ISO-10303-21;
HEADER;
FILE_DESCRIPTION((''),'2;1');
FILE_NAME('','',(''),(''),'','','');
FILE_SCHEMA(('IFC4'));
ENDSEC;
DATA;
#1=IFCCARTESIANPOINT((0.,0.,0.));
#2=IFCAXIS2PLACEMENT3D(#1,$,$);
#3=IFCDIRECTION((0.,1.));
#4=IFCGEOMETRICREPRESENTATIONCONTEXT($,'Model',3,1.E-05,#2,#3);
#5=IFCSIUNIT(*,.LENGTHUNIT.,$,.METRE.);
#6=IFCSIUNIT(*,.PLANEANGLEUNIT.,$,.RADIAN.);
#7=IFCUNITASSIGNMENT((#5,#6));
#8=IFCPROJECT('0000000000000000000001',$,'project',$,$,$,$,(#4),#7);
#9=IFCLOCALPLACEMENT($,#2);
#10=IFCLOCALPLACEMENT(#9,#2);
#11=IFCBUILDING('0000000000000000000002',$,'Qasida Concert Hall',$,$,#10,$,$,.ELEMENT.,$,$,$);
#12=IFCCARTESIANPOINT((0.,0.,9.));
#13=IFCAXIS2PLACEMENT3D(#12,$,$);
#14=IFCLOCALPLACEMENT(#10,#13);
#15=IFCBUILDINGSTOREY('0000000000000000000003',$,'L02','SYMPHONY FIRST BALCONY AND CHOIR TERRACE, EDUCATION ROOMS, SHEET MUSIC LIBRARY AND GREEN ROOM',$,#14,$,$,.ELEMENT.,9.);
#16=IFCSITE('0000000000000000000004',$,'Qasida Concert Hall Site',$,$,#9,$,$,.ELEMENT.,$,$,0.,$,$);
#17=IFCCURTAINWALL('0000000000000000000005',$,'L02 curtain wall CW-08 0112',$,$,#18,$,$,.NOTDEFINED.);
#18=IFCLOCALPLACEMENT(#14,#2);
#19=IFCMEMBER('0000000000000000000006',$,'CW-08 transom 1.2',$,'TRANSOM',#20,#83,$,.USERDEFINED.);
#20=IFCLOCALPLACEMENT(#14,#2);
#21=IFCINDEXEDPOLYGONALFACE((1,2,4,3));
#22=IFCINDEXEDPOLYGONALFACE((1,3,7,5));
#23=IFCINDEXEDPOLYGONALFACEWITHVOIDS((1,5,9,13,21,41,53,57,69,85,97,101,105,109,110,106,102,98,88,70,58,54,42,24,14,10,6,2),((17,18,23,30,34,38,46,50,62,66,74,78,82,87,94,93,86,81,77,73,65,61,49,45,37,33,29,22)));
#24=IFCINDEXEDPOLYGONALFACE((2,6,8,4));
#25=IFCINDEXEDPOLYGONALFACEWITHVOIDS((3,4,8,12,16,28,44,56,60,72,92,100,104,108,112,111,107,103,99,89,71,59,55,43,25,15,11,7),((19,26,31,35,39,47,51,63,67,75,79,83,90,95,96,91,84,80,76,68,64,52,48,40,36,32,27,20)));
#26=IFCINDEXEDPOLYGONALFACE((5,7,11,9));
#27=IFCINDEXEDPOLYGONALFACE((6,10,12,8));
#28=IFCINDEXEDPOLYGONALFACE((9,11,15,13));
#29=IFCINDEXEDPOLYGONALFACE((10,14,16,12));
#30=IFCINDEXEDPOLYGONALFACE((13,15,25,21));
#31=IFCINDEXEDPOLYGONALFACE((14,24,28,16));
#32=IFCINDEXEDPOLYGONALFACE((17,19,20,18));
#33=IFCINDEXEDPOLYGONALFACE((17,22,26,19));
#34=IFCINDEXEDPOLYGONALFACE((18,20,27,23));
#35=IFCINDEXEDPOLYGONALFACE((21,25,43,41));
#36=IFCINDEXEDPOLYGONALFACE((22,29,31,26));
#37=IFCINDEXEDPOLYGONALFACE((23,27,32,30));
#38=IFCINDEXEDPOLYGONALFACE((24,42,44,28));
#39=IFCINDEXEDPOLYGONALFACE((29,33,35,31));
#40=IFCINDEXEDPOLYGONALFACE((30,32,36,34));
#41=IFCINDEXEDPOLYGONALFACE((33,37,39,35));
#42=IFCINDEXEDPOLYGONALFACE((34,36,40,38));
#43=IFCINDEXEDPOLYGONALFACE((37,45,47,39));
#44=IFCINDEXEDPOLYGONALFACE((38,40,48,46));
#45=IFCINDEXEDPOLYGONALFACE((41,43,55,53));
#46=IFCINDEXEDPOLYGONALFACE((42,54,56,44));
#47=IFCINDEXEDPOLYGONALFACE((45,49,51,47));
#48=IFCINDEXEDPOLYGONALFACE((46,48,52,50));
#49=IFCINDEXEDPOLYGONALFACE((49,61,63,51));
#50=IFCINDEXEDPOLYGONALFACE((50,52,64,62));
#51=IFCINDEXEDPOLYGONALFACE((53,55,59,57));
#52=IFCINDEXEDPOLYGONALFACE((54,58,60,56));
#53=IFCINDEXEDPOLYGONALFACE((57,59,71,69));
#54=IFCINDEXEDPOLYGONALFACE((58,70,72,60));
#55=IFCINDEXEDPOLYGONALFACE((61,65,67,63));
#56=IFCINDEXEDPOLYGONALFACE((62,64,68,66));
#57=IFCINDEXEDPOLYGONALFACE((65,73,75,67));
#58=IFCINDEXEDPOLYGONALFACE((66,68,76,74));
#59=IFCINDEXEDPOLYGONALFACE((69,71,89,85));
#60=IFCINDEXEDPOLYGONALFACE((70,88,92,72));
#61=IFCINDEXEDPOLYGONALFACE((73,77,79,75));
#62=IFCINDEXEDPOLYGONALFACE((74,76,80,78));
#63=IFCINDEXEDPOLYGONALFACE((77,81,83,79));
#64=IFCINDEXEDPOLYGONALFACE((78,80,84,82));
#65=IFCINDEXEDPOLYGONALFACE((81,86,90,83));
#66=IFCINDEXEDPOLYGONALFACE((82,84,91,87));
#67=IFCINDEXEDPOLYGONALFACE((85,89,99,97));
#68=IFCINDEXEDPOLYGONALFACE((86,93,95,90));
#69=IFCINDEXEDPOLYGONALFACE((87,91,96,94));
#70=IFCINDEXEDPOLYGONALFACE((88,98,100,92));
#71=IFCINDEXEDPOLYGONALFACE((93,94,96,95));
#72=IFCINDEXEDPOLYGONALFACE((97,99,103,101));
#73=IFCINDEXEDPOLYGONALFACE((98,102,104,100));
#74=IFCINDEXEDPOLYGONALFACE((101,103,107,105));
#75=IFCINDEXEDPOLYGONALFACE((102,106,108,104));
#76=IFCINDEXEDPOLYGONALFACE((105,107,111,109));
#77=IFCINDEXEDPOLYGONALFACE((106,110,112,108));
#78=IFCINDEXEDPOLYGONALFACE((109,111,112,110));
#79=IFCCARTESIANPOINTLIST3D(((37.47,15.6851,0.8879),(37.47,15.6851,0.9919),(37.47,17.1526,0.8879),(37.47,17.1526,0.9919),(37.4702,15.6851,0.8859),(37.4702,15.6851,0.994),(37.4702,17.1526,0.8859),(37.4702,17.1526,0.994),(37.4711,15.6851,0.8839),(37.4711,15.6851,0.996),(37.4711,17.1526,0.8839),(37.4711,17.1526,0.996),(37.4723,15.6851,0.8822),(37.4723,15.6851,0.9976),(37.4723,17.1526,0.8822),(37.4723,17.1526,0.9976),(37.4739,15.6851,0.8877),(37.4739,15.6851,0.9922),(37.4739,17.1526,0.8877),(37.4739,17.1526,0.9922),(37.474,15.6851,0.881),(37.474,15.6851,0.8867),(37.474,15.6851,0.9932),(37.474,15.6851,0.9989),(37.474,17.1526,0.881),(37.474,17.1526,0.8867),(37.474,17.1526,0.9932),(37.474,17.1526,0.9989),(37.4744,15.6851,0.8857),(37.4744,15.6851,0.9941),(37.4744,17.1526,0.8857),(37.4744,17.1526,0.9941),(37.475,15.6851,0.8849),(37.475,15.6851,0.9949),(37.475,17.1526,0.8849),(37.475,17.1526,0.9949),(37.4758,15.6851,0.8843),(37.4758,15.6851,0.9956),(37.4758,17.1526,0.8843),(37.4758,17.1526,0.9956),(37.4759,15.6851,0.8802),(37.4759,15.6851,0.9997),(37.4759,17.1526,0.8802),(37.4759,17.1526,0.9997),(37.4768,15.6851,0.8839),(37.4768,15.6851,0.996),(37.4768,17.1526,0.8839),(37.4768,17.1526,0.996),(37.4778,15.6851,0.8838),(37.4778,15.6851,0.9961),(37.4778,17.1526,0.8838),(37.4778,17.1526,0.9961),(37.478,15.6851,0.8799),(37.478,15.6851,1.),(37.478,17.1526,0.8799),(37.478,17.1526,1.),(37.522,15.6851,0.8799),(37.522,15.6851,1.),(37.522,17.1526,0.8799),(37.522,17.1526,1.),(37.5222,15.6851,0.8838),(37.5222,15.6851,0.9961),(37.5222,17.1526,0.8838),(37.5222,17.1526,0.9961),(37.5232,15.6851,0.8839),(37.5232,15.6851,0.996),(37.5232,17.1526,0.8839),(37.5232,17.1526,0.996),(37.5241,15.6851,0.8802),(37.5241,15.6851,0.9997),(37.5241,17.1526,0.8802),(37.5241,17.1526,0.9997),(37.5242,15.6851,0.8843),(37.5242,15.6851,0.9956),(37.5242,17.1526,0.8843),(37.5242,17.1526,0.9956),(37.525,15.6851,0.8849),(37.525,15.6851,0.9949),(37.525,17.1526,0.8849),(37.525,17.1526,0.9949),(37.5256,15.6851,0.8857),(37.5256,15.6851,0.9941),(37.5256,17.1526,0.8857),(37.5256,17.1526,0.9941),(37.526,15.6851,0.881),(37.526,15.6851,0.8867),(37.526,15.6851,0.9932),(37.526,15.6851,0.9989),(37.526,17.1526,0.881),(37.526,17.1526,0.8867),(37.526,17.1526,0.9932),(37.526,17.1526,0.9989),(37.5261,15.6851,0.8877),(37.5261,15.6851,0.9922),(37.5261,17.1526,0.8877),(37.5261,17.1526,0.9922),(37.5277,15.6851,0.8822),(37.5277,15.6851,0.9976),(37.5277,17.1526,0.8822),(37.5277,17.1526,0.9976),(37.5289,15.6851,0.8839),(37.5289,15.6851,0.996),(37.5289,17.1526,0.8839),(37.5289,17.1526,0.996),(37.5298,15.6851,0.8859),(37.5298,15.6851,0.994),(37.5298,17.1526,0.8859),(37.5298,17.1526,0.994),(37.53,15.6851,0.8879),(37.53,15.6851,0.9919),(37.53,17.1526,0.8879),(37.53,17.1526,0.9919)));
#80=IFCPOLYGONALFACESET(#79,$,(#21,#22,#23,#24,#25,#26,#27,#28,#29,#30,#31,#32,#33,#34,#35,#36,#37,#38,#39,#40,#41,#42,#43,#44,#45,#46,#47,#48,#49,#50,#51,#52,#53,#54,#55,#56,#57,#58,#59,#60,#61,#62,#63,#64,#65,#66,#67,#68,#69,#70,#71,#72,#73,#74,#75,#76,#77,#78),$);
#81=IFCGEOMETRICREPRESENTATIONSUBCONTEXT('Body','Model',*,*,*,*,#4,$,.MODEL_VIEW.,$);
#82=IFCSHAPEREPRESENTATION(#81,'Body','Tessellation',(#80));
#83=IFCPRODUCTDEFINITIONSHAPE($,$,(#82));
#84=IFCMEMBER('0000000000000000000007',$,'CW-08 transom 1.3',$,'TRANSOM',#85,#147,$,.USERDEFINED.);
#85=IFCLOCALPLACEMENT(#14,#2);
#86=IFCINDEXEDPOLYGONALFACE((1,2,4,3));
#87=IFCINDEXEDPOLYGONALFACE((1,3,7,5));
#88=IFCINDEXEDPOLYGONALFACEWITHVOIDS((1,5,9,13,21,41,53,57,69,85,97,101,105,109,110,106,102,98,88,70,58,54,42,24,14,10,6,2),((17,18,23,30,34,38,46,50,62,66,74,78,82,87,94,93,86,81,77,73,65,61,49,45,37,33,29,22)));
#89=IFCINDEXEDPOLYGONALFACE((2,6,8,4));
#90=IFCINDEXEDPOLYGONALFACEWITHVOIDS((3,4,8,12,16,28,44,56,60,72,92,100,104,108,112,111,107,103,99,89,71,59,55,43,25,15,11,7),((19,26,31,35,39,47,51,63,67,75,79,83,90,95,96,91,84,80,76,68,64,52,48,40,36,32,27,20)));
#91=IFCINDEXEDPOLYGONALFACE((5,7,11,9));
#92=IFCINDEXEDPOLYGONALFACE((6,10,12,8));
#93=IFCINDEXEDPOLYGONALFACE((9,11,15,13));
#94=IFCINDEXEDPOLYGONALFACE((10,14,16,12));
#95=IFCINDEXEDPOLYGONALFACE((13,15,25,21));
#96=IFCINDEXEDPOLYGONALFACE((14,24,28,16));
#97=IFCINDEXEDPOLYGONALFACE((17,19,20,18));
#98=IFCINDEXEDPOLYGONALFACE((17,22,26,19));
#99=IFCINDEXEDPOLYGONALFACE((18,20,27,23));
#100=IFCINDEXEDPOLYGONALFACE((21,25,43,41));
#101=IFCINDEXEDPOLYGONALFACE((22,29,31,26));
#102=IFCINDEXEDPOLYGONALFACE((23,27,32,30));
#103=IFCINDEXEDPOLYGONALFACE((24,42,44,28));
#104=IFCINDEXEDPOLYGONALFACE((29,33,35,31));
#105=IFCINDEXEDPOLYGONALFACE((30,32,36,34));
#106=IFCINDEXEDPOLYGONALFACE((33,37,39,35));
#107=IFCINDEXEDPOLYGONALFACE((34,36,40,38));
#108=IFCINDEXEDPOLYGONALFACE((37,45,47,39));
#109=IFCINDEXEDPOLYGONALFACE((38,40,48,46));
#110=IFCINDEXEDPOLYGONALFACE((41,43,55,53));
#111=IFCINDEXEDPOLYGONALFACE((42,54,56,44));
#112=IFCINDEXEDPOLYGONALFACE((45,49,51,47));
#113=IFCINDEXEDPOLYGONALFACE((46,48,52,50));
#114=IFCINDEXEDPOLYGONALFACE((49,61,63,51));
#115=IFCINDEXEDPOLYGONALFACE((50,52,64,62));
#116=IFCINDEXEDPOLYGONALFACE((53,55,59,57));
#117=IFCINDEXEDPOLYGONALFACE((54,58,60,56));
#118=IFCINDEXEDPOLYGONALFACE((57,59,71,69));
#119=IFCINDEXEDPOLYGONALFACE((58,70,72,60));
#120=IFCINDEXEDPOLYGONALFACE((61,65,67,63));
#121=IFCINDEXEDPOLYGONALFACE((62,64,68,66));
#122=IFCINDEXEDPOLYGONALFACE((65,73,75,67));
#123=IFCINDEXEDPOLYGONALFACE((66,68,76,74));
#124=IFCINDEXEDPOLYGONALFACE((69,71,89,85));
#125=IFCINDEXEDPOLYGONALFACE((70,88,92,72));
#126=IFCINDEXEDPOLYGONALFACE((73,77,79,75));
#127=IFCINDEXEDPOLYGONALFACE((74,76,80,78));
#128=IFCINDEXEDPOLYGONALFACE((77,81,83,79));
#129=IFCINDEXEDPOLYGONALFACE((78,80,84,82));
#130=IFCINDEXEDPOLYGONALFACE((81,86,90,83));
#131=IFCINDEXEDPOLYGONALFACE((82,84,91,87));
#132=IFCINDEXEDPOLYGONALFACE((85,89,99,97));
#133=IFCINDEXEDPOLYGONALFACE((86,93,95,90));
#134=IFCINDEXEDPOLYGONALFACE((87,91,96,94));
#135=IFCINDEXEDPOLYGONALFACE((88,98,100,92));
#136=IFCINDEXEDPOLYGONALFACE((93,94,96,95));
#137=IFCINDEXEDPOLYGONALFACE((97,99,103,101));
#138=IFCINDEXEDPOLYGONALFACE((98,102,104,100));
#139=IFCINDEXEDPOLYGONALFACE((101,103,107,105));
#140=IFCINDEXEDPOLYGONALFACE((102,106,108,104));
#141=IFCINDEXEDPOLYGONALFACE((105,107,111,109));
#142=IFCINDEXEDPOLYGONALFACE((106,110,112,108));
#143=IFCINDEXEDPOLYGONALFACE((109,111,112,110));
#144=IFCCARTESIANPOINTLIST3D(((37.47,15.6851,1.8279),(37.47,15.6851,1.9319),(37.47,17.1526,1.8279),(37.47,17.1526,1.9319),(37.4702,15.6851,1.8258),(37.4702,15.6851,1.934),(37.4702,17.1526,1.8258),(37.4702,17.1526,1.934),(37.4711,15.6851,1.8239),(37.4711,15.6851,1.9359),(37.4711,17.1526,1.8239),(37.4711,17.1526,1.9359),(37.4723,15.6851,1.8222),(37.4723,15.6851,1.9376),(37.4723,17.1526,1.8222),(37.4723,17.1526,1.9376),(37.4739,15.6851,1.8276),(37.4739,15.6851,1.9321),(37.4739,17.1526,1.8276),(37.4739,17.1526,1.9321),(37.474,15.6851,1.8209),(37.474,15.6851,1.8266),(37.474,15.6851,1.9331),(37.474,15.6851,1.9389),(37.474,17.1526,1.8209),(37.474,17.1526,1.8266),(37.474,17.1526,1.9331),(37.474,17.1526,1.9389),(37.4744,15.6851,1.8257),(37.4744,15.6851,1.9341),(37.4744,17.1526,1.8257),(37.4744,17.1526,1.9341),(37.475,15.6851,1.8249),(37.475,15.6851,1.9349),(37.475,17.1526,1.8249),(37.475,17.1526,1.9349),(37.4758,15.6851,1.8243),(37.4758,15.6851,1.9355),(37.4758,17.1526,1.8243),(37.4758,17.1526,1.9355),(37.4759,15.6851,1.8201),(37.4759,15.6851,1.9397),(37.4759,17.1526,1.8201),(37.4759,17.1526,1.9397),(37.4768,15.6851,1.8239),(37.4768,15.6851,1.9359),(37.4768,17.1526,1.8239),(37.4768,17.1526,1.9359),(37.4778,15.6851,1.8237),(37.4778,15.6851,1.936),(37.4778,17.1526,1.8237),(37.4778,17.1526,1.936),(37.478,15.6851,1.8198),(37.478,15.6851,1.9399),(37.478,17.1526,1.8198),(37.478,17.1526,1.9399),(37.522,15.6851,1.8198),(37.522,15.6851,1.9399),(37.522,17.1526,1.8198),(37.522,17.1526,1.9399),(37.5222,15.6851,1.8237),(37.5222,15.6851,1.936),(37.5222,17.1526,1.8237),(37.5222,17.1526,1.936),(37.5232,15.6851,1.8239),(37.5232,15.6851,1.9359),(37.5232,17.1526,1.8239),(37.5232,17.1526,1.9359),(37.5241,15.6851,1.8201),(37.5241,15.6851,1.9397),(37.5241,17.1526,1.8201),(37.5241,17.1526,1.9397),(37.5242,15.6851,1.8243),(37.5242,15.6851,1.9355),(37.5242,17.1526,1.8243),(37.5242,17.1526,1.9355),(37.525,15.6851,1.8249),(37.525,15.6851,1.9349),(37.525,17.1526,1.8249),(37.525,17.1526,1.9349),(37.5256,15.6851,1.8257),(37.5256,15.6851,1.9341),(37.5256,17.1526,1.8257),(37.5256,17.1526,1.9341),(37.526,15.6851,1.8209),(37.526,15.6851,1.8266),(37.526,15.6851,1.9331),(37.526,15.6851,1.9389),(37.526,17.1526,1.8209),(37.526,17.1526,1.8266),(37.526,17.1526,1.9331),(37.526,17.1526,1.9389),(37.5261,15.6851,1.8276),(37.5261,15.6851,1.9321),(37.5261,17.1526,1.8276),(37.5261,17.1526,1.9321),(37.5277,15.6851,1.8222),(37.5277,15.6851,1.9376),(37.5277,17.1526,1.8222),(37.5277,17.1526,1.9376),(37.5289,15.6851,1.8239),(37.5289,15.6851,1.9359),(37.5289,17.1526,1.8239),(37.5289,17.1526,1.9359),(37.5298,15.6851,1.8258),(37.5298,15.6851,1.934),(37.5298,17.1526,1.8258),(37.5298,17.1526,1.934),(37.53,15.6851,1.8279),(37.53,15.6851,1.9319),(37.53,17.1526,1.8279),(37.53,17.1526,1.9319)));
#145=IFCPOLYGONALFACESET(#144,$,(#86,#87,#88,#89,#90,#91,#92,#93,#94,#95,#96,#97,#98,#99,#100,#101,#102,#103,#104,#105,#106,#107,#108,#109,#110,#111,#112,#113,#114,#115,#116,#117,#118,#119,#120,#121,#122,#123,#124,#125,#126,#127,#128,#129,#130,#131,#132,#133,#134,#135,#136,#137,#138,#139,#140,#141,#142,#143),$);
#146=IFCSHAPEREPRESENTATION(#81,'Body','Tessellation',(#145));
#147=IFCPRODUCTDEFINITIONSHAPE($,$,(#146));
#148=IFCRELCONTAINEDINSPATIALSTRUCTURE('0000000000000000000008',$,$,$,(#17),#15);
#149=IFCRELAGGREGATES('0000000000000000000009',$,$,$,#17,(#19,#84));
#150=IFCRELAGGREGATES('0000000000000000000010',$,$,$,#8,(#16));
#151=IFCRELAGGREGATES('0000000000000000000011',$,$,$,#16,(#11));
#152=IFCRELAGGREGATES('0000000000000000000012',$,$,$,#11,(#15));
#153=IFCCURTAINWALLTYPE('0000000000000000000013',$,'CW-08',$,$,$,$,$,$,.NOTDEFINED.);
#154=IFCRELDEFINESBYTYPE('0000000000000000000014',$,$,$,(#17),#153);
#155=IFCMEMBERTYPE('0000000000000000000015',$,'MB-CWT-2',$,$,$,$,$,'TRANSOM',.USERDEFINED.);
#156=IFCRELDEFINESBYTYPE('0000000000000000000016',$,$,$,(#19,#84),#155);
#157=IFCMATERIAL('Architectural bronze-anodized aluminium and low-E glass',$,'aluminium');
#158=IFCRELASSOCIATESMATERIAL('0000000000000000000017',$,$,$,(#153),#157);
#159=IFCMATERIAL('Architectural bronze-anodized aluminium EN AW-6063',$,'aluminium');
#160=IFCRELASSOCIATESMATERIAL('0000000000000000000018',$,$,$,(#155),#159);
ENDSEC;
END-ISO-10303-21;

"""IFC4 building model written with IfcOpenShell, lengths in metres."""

from ifc_helpers import new_model, si_unit, direction, frame, origin, origin_2d, place, context, subcontext, project, spatial, hollow_rectangle, extrude, material, material_profile, profile_set, type_object, element, aggregate, save


model = new_model("IFC4")

# Units and contexts
model_context = context("Model", 3, precision=1e-05, world=origin(), true_north=direction((0.0, 1.0)))
body_context = subcontext(model_context, "Body", "Model", "MODEL_VIEW")
ifc_project = project(units=[si_unit("LENGTHUNIT", "METRE"), si_unit("PLANEANGLEUNIT", "RADIAN")], contexts=[model_context])

# Site, building, storey
site_placement = place(None, origin())
site = spatial("IfcSite", under=ifc_project, at=site_placement, Name="Qasida Concert Hall Site", CompositionType="ELEMENT", RefElevation=0.0)
building_placement = place(site_placement, origin())
building = spatial("IfcBuilding", under=site, at=building_placement, Name="Qasida Concert Hall", CompositionType="ELEMENT")
storey_placement = place(building_placement, frame((0.0, 0.0, 9.0)))
storey = spatial("IfcBuildingStorey", under=building, at=storey_placement, Name="L02", Description="SYMPHONY FIRST BALCONY AND CHOIR TERRACE, EDUCATION ROOMS, SHEET MUSIC LIBRARY AND GREEN ROOM", CompositionType="ELEMENT", Elevation=9.0)

# Curtain wall
ifc_material_1 = material(Name="Architectural bronze-anodized aluminium and low-E glass", Category="aluminium")
curtain_wall_type = type_object("IfcCurtainWallType", Name="CW-08", PredefinedType="NOTDEFINED", material=ifc_material_1)
ifc_material_2 = material(Name="Architectural bronze-anodized aluminium EN AW-6063", Category="aluminium")
curtain_wall_1_placement = place(storey_placement, origin())
curtain_wall_1 = element("IfcCurtainWall", 1, at=curtain_wall_1_placement, inside=storey, type_object=curtain_wall_type, Name="L02 curtain wall CW-08 0112", PredefinedType="NOTDEFINED")

# Members
ifc_material_profile_1 = material_profile(ifc_material_2, hollow_rectangle(XDim=0.0601, YDim=0.1201, WallThickness=0.0039, InnerFilletRadius=0.0039, OuterFilletRadius=0.0081, at=origin_2d()), Name="CWT 120x60x4")
ifc_profile_set_1 = profile_set([ifc_material_profile_1], Name="Architectural bronze-anodized aluminium EN AW-6063")
member_type_1 = type_object("IfcMemberType", Name="MB-CWT-2", ElementType="TRANSOM", PredefinedType="USERDEFINED", material=ifc_profile_set_1)
member_1_placement = place(storey_placement, frame((37.5, 15.6851, 0.9399), z_axis=(0.0, 1.0, 0.0), x_axis=(-1.0, 0.0, 0.0)))
member_1 = element("IfcMember", 2, at=member_1_placement, type_object=member_type_1, Name="CW-08 transom 1.2", ObjectType="TRANSOM", PredefinedType="USERDEFINED", context=body_context, shape_type="SweptSolid", body=[
    extrude(hollow_rectangle(XDim=0.0601, YDim=0.1201, WallThickness=0.0039, InnerFilletRadius=0.0039, OuterFilletRadius=0.0081, at=origin_2d()), origin(), (0.0, 0.0, 1.0), 1.4675),
])
member_2_placement = place(storey_placement, frame((37.5, 15.6851, 1.8799), z_axis=(0.0, 1.0, 0.0), x_axis=(-1.0, 0.0, 0.0)))
member_2 = element("IfcMember", 3, at=member_2_placement, type_object=member_type_1, Name="CW-08 transom 1.3", ObjectType="TRANSOM", PredefinedType="USERDEFINED", context=body_context, shape_type="SweptSolid", body=[
    extrude(hollow_rectangle(XDim=0.0601, YDim=0.1201, WallThickness=0.0039, InnerFilletRadius=0.0039, OuterFilletRadius=0.0081, at=origin_2d()), origin(), (0.0, 0.0, 1.0), 1.4675),
])

aggregate(curtain_wall_1, [member_1, member_2])

save(model, "model.ifc")
